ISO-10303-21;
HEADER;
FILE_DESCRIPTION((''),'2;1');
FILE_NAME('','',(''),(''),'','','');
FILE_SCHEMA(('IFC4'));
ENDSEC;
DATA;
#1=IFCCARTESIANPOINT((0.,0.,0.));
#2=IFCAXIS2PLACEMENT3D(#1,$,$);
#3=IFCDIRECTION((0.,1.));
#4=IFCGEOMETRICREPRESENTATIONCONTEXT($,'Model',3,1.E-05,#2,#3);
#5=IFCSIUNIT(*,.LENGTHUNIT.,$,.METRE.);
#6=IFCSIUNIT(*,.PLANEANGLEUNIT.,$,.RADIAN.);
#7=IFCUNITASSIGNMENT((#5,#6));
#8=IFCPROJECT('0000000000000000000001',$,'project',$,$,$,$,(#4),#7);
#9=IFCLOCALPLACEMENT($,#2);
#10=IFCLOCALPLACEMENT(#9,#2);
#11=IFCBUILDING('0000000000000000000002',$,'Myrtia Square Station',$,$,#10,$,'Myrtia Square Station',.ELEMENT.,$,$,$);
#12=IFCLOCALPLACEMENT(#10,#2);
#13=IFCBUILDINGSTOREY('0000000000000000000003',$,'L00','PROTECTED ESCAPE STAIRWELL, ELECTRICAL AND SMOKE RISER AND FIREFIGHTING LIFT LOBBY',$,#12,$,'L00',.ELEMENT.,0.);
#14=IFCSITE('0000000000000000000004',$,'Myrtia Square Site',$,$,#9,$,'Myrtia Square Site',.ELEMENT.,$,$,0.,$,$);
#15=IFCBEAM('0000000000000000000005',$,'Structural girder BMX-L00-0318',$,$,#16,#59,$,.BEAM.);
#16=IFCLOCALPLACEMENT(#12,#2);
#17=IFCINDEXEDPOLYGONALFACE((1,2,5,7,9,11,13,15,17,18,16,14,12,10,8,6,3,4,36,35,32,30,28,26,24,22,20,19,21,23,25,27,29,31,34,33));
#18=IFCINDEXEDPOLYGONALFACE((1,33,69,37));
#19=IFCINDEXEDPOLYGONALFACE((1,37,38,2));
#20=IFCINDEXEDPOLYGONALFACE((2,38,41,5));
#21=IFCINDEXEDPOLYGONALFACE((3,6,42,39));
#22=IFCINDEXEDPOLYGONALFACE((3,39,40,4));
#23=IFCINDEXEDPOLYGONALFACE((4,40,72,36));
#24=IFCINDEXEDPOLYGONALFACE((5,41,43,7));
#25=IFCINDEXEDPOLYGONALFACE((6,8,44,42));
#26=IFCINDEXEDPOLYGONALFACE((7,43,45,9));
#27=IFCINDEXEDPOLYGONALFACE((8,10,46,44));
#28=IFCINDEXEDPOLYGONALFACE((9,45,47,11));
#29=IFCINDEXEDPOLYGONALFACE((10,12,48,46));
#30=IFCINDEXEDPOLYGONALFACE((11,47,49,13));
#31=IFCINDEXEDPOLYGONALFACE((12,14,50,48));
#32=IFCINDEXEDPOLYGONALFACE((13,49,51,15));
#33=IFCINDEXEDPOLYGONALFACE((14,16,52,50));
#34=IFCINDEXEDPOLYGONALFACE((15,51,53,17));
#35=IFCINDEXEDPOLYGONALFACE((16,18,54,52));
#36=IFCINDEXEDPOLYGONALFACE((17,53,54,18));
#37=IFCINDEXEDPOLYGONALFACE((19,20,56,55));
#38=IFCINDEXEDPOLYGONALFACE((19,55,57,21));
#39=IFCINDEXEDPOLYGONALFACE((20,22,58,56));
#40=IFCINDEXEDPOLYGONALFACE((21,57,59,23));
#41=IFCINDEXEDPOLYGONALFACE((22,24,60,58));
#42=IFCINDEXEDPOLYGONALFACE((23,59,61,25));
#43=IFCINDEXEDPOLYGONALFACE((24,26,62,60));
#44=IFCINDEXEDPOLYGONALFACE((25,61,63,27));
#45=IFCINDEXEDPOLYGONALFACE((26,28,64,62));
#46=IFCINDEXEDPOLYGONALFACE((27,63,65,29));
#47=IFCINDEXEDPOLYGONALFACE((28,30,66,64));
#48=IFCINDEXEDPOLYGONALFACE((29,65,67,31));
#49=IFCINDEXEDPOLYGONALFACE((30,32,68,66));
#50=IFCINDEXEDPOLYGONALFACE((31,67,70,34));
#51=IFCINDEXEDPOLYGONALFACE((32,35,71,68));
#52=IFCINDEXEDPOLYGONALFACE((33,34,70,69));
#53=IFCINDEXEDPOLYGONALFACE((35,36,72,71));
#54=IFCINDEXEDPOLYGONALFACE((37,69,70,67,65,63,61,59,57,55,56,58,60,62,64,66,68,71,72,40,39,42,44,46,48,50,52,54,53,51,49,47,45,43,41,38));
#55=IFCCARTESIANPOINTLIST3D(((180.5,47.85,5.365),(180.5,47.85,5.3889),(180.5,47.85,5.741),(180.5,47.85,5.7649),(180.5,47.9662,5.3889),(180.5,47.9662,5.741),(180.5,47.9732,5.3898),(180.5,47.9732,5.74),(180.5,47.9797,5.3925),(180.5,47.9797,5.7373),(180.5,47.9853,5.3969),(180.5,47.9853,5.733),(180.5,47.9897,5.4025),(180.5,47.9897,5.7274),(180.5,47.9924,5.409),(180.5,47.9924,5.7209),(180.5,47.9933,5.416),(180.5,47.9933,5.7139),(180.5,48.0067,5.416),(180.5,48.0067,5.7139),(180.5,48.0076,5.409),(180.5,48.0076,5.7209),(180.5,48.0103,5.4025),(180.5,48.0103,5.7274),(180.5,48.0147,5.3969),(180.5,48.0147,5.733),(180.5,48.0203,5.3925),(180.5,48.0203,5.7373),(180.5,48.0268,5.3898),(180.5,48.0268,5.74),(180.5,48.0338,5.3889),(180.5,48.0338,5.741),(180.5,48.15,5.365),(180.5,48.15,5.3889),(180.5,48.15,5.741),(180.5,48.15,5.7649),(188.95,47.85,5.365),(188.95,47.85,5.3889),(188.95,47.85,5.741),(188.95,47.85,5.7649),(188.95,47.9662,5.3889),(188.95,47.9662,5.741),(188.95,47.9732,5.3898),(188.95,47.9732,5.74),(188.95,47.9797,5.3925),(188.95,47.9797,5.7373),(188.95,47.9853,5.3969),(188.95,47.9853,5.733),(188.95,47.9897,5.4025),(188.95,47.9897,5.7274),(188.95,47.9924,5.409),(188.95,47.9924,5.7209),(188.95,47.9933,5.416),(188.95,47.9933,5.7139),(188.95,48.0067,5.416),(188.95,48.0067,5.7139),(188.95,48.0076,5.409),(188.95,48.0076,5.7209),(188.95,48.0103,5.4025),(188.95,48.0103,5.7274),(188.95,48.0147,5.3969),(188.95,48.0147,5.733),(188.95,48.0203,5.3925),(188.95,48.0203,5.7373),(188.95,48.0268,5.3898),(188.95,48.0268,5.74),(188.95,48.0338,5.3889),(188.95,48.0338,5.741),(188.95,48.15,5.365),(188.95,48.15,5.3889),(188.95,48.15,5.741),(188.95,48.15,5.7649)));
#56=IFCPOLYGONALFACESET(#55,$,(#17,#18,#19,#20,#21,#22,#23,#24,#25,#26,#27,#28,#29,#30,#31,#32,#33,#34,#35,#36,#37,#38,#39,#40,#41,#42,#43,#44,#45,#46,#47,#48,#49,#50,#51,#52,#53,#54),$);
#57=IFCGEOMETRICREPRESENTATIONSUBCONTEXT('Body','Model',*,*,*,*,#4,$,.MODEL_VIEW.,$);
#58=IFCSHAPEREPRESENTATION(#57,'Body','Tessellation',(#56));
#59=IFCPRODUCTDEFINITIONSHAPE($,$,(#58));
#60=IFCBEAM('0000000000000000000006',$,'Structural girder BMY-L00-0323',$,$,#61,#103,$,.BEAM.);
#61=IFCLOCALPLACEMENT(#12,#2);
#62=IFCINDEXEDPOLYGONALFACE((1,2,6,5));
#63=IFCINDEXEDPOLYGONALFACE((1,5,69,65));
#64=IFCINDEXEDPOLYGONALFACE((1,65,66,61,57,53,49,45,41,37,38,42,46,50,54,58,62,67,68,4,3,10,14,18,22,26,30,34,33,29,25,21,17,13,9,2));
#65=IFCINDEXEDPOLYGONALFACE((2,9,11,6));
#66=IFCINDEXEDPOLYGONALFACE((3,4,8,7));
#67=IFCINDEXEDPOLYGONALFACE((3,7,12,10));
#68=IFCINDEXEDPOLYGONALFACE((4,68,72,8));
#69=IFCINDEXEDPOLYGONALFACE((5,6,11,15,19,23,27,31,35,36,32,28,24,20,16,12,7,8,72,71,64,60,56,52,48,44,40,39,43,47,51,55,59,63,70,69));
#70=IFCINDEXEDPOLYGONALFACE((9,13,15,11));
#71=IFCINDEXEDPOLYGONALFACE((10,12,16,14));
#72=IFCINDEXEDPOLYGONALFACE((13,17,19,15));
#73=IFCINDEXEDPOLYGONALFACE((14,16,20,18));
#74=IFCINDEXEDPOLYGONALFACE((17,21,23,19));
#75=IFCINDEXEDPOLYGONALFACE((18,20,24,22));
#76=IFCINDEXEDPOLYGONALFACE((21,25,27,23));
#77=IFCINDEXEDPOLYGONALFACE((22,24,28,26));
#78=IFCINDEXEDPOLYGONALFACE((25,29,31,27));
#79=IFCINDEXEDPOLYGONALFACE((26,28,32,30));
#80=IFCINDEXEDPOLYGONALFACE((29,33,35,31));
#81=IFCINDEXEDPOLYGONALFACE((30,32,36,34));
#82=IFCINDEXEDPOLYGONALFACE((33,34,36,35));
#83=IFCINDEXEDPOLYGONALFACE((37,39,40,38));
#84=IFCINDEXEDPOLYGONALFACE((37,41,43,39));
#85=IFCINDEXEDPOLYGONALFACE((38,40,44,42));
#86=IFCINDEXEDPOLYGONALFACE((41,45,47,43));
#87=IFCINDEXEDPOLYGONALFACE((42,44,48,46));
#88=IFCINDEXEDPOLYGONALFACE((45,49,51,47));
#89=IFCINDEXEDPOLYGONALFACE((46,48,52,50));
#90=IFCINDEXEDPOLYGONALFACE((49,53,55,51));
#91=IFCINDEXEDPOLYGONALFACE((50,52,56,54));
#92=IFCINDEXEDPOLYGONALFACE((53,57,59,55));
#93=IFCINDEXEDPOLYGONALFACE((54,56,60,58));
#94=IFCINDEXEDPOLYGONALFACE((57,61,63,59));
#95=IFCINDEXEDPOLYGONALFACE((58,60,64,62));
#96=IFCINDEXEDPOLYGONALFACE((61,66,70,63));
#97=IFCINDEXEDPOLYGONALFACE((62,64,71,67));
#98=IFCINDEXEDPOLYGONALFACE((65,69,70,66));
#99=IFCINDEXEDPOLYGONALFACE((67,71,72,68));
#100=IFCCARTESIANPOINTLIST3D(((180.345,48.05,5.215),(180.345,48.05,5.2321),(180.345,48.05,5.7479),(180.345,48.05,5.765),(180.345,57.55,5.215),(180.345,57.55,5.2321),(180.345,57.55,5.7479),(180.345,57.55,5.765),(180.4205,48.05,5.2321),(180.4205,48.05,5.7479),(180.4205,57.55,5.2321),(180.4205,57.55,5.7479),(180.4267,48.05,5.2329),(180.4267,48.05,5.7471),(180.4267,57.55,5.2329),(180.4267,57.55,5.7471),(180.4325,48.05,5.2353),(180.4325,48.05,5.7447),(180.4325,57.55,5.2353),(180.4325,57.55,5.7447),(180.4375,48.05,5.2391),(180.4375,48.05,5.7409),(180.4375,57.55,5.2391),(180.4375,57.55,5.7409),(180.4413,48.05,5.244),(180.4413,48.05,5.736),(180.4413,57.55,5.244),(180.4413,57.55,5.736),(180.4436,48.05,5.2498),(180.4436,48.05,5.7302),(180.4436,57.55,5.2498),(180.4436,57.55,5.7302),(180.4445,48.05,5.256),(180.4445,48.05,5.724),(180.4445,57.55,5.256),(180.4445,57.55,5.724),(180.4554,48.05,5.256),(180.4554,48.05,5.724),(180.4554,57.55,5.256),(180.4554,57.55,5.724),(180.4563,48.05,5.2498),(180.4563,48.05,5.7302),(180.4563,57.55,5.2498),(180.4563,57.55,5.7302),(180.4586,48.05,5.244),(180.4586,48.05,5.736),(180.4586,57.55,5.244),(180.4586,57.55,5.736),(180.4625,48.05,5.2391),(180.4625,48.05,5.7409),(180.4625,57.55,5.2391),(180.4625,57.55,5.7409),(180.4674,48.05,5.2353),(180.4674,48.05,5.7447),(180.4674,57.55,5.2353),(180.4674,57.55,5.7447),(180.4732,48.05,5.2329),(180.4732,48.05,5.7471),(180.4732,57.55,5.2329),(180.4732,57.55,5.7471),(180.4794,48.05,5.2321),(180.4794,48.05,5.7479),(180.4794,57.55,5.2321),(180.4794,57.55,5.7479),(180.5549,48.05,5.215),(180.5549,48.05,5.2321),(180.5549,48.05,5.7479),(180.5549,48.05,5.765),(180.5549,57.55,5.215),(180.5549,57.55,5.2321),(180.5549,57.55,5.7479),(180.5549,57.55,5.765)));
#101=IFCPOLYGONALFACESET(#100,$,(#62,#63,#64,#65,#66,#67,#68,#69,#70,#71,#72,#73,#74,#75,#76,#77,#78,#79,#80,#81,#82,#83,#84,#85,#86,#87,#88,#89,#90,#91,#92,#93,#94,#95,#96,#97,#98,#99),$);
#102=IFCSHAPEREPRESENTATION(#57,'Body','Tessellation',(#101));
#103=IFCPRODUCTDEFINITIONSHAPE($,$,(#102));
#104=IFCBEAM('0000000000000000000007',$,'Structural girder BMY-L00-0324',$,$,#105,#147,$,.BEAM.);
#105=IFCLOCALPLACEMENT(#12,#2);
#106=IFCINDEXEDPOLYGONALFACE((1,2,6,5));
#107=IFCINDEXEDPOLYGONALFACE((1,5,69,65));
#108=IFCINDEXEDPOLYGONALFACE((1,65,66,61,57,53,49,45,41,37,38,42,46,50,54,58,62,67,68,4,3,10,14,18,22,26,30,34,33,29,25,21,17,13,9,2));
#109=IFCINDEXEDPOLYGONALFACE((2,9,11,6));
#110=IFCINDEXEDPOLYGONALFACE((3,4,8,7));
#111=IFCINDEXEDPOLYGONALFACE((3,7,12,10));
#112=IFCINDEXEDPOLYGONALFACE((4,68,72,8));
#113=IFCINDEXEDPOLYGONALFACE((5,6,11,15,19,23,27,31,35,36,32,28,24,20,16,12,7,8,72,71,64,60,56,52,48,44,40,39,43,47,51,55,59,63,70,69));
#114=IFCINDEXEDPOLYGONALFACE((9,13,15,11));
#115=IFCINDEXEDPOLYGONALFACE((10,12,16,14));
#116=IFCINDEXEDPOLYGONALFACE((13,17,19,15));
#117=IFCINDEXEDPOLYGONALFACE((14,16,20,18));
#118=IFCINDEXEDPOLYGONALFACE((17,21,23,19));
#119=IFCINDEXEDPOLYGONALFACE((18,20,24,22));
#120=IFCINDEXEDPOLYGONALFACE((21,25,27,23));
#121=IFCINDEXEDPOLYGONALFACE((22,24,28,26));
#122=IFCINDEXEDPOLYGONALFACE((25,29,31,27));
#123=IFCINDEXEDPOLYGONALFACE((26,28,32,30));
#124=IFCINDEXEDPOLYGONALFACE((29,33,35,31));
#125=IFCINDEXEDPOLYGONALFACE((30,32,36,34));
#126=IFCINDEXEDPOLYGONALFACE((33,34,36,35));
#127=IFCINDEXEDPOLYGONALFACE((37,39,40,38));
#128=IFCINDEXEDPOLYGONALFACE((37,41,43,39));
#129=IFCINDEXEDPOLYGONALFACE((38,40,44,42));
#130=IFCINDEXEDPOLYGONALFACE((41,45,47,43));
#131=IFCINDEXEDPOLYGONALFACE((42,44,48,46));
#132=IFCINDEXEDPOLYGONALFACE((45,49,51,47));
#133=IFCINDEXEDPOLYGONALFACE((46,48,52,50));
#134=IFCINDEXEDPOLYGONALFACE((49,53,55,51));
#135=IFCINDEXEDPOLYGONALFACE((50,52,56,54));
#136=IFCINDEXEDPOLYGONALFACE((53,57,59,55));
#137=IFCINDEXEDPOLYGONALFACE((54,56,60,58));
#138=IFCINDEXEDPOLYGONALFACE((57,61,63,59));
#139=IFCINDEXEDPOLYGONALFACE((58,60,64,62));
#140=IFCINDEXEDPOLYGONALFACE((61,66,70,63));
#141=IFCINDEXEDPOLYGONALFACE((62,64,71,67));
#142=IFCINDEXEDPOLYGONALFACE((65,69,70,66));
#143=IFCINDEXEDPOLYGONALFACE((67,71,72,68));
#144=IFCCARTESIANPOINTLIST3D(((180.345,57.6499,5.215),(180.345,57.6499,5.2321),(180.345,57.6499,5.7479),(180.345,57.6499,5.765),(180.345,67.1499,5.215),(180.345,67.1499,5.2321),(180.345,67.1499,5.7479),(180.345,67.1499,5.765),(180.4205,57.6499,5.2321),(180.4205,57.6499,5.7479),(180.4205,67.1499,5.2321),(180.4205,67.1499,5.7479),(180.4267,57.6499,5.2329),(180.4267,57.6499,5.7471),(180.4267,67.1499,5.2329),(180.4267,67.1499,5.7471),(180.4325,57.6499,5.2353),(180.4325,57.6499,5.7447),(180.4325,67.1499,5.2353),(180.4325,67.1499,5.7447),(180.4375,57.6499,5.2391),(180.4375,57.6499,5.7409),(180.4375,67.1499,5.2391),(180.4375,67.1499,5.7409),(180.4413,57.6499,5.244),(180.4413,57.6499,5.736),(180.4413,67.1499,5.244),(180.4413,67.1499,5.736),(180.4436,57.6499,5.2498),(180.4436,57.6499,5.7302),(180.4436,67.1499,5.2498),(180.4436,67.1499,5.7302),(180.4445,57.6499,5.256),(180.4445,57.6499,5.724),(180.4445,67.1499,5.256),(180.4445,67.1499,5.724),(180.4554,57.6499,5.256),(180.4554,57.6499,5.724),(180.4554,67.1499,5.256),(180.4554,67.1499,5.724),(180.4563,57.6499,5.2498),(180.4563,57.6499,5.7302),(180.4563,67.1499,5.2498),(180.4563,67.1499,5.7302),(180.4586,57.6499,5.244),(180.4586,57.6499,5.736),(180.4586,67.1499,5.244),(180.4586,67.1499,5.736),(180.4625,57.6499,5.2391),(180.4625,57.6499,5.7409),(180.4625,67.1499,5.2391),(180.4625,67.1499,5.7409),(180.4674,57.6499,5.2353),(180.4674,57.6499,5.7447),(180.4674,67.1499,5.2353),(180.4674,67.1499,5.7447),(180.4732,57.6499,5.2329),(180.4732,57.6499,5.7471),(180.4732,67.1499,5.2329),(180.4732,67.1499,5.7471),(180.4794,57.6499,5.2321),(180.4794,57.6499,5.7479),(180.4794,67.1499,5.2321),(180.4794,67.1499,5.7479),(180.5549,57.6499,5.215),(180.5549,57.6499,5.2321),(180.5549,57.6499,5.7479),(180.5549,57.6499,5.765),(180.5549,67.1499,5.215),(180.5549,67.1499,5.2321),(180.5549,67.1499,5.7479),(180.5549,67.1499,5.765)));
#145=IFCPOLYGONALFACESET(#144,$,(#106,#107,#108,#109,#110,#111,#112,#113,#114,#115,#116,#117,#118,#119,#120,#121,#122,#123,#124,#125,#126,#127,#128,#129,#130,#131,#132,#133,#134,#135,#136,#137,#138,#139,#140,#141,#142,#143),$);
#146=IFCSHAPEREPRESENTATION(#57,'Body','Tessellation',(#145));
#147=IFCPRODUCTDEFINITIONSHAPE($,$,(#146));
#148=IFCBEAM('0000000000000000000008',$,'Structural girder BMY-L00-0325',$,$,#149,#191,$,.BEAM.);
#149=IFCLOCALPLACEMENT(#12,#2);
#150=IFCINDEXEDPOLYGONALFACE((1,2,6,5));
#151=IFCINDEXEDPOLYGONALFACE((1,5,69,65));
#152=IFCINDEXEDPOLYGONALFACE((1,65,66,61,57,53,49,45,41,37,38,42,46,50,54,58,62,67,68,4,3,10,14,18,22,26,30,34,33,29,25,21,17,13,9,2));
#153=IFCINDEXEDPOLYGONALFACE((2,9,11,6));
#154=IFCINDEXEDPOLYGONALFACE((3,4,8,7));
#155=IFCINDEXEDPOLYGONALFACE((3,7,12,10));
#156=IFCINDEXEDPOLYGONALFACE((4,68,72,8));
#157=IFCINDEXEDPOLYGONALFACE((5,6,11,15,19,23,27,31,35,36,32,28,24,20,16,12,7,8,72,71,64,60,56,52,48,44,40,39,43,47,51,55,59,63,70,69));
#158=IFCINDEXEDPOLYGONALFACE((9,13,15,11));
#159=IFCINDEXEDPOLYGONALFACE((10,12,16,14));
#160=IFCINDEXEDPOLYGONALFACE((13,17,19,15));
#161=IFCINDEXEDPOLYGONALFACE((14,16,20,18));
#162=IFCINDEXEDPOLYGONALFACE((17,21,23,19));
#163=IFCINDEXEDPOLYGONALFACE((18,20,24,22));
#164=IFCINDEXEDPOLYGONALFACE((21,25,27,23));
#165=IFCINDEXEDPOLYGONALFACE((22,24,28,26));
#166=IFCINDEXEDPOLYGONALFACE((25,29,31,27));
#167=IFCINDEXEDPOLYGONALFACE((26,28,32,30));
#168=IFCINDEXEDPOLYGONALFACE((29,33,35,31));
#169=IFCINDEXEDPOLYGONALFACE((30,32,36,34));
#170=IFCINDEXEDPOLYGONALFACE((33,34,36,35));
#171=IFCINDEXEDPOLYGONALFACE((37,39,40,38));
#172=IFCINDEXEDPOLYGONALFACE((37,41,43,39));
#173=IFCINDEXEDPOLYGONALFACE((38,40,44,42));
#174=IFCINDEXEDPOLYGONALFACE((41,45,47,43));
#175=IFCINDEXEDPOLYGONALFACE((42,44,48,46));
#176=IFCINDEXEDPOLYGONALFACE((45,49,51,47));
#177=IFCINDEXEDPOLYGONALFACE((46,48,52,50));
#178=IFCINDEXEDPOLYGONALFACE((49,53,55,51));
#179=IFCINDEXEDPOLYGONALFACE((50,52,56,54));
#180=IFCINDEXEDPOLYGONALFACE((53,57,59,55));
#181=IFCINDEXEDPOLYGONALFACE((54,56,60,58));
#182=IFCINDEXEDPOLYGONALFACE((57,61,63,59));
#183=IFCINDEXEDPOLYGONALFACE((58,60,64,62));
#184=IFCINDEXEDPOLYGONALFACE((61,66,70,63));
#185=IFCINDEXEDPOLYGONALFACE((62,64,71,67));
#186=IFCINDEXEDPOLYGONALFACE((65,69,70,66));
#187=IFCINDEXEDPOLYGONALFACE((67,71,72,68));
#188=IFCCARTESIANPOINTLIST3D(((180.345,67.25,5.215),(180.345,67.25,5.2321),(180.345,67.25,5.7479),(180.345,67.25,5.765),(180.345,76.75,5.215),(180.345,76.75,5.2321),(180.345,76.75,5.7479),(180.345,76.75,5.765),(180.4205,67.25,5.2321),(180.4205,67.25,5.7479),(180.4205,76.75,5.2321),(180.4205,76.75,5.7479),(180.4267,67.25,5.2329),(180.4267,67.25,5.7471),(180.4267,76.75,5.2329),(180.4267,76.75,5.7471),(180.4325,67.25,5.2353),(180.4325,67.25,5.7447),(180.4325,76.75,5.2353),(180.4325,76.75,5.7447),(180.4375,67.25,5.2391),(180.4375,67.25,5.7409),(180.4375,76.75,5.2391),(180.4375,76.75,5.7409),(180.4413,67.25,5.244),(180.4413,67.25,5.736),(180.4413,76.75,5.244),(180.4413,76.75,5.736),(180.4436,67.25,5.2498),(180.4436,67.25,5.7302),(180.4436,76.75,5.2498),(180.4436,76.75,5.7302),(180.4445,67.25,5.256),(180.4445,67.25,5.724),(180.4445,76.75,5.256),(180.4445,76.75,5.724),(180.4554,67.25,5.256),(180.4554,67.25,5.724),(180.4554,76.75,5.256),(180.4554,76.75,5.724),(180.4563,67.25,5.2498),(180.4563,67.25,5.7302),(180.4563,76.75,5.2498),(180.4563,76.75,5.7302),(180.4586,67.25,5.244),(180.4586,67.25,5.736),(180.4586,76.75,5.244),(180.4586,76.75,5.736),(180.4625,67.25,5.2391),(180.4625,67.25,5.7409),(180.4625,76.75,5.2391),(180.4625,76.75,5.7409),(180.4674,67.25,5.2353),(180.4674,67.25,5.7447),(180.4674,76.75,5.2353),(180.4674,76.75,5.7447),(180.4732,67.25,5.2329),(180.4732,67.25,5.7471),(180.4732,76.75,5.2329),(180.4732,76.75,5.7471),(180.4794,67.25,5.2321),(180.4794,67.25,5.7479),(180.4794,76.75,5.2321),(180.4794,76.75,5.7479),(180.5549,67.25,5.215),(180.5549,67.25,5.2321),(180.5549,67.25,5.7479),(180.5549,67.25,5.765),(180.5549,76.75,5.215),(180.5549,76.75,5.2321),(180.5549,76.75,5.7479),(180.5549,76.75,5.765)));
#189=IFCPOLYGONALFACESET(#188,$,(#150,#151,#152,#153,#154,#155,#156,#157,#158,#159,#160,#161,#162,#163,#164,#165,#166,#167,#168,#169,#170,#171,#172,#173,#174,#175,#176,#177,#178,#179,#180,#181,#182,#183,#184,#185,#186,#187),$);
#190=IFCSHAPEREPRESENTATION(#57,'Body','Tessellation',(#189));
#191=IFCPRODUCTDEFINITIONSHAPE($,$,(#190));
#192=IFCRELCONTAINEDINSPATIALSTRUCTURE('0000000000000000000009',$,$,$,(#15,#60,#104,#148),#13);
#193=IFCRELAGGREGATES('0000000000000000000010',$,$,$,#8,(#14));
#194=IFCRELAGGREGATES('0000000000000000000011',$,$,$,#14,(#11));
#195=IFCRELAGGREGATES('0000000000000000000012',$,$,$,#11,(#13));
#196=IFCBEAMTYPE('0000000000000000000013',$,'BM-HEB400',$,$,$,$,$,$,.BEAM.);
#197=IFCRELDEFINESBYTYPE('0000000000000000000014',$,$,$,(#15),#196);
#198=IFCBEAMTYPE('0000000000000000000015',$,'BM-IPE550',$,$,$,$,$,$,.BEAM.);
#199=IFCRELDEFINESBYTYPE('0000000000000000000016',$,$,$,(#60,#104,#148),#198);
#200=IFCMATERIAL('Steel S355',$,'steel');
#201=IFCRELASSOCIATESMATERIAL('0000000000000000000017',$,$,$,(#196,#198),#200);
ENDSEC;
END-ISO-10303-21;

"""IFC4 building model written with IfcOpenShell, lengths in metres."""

from ifc_helpers import new_model, si_unit, direction, frame, origin, origin_2d, place, context, subcontext, project, spatial, i_section, extrude, material, material_profile, profile_set, type_object, element, save


model = new_model("IFC4")

# Units and contexts
model_context = context("Model", 3, precision=1e-05, world=origin(), true_north=direction((0.0, 1.0)))
body_context = subcontext(model_context, "Body", "Model", "MODEL_VIEW")
ifc_project = project(units=[si_unit("LENGTHUNIT", "METRE"), si_unit("PLANEANGLEUNIT", "RADIAN")], contexts=[model_context])

# Site, building, storey
site_placement = place(None, origin())
site = spatial("IfcSite", under=ifc_project, at=site_placement, Name="Myrtia Square Site", LongName="Myrtia Square Site", CompositionType="ELEMENT", RefElevation=0.0)
building_placement = place(site_placement, origin())
building = spatial("IfcBuilding", under=site, at=building_placement, Name="Myrtia Square Station", LongName="Myrtia Square Station", CompositionType="ELEMENT")
storey_placement = place(building_placement, origin())
storey = spatial("IfcBuildingStorey", under=building, at=storey_placement, Name="L00", Description="PROTECTED ESCAPE STAIRWELL, ELECTRICAL AND SMOKE RISER AND FIREFIGHTING LIFT LOBBY", LongName="L00", CompositionType="ELEMENT", Elevation=0.0)

# Beams
ifc_material_1 = material(Name="Steel S355", Category="steel")
ifc_material_profile_1 = material_profile(ifc_material_1, i_section(OverallWidth=0.3, OverallDepth=0.3999, WebThickness=0.0134, FlangeThickness=0.0239, FilletRadius=0.0271, at=origin_2d()), Name="HEB 400")
ifc_profile_set_1 = profile_set([ifc_material_profile_1], Name="Steel S355")
beam_type_1 = type_object("IfcBeamType", Name="BM-HEB400", PredefinedType="BEAM", material=ifc_profile_set_1)
beam_1_placement = place(storey_placement, frame((180.5, 48.0, 5.5649), z_axis=(1.0, 0.0, 0.0), x_axis=(0.0, 1.0, 0.0)))
element("IfcBeam", 1, at=beam_1_placement, inside=storey, type_object=beam_type_1, Name="Structural girder BMX-L00-0318", PredefinedType="BEAM", context=body_context, shape_type="SweptSolid", body=[
    extrude(i_section(OverallWidth=0.3, OverallDepth=0.3999, WebThickness=0.0134, FlangeThickness=0.0239, FilletRadius=0.0271, at=origin_2d()), origin(), (0.0, 0.0, 1.0), 8.45),
])
ifc_material_profile_2 = material_profile(ifc_material_1, i_section(OverallWidth=0.21, OverallDepth=0.55, WebThickness=0.011, FlangeThickness=0.0171, FilletRadius=0.0239, at=origin_2d()), Name="IPE 550")
ifc_profile_set_2 = profile_set([ifc_material_profile_2], Name="Steel S355")
beam_type_2 = type_object("IfcBeamType", Name="BM-IPE550", PredefinedType="BEAM", material=ifc_profile_set_2)
for number, where, z_axis, x_axis, name in (
    (2, (180.45, 48.05, 5.49), (0.0, 1.0, 0.0), (-1.0, 0.0, 0.0), "Structural girder BMY-L00-0323"),
    (3, (180.45, 57.6499, 5.49), (0.0, 1.0, 0.0), (-1.0, 0.0, 0.0), "Structural girder BMY-L00-0324"),
    (4, (180.45, 67.25, 5.49), (0.0, 1.0, 0.0), (-1.0, 0.0, 0.0), "Structural girder BMY-L00-0325"),
):
    element("IfcBeam", number, at=place(storey_placement, frame(where, z_axis=z_axis, x_axis=x_axis)), inside=storey, type_object=beam_type_2, Name=name, PredefinedType="BEAM", context=body_context, shape_type="SweptSolid", body=[
        extrude(i_section(OverallWidth=0.21, OverallDepth=0.55, WebThickness=0.011, FlangeThickness=0.0171, FilletRadius=0.0239, at=origin_2d()), origin(), (0.0, 0.0, 1.0), 9.5),
    ])

save(model, "model.ifc")
